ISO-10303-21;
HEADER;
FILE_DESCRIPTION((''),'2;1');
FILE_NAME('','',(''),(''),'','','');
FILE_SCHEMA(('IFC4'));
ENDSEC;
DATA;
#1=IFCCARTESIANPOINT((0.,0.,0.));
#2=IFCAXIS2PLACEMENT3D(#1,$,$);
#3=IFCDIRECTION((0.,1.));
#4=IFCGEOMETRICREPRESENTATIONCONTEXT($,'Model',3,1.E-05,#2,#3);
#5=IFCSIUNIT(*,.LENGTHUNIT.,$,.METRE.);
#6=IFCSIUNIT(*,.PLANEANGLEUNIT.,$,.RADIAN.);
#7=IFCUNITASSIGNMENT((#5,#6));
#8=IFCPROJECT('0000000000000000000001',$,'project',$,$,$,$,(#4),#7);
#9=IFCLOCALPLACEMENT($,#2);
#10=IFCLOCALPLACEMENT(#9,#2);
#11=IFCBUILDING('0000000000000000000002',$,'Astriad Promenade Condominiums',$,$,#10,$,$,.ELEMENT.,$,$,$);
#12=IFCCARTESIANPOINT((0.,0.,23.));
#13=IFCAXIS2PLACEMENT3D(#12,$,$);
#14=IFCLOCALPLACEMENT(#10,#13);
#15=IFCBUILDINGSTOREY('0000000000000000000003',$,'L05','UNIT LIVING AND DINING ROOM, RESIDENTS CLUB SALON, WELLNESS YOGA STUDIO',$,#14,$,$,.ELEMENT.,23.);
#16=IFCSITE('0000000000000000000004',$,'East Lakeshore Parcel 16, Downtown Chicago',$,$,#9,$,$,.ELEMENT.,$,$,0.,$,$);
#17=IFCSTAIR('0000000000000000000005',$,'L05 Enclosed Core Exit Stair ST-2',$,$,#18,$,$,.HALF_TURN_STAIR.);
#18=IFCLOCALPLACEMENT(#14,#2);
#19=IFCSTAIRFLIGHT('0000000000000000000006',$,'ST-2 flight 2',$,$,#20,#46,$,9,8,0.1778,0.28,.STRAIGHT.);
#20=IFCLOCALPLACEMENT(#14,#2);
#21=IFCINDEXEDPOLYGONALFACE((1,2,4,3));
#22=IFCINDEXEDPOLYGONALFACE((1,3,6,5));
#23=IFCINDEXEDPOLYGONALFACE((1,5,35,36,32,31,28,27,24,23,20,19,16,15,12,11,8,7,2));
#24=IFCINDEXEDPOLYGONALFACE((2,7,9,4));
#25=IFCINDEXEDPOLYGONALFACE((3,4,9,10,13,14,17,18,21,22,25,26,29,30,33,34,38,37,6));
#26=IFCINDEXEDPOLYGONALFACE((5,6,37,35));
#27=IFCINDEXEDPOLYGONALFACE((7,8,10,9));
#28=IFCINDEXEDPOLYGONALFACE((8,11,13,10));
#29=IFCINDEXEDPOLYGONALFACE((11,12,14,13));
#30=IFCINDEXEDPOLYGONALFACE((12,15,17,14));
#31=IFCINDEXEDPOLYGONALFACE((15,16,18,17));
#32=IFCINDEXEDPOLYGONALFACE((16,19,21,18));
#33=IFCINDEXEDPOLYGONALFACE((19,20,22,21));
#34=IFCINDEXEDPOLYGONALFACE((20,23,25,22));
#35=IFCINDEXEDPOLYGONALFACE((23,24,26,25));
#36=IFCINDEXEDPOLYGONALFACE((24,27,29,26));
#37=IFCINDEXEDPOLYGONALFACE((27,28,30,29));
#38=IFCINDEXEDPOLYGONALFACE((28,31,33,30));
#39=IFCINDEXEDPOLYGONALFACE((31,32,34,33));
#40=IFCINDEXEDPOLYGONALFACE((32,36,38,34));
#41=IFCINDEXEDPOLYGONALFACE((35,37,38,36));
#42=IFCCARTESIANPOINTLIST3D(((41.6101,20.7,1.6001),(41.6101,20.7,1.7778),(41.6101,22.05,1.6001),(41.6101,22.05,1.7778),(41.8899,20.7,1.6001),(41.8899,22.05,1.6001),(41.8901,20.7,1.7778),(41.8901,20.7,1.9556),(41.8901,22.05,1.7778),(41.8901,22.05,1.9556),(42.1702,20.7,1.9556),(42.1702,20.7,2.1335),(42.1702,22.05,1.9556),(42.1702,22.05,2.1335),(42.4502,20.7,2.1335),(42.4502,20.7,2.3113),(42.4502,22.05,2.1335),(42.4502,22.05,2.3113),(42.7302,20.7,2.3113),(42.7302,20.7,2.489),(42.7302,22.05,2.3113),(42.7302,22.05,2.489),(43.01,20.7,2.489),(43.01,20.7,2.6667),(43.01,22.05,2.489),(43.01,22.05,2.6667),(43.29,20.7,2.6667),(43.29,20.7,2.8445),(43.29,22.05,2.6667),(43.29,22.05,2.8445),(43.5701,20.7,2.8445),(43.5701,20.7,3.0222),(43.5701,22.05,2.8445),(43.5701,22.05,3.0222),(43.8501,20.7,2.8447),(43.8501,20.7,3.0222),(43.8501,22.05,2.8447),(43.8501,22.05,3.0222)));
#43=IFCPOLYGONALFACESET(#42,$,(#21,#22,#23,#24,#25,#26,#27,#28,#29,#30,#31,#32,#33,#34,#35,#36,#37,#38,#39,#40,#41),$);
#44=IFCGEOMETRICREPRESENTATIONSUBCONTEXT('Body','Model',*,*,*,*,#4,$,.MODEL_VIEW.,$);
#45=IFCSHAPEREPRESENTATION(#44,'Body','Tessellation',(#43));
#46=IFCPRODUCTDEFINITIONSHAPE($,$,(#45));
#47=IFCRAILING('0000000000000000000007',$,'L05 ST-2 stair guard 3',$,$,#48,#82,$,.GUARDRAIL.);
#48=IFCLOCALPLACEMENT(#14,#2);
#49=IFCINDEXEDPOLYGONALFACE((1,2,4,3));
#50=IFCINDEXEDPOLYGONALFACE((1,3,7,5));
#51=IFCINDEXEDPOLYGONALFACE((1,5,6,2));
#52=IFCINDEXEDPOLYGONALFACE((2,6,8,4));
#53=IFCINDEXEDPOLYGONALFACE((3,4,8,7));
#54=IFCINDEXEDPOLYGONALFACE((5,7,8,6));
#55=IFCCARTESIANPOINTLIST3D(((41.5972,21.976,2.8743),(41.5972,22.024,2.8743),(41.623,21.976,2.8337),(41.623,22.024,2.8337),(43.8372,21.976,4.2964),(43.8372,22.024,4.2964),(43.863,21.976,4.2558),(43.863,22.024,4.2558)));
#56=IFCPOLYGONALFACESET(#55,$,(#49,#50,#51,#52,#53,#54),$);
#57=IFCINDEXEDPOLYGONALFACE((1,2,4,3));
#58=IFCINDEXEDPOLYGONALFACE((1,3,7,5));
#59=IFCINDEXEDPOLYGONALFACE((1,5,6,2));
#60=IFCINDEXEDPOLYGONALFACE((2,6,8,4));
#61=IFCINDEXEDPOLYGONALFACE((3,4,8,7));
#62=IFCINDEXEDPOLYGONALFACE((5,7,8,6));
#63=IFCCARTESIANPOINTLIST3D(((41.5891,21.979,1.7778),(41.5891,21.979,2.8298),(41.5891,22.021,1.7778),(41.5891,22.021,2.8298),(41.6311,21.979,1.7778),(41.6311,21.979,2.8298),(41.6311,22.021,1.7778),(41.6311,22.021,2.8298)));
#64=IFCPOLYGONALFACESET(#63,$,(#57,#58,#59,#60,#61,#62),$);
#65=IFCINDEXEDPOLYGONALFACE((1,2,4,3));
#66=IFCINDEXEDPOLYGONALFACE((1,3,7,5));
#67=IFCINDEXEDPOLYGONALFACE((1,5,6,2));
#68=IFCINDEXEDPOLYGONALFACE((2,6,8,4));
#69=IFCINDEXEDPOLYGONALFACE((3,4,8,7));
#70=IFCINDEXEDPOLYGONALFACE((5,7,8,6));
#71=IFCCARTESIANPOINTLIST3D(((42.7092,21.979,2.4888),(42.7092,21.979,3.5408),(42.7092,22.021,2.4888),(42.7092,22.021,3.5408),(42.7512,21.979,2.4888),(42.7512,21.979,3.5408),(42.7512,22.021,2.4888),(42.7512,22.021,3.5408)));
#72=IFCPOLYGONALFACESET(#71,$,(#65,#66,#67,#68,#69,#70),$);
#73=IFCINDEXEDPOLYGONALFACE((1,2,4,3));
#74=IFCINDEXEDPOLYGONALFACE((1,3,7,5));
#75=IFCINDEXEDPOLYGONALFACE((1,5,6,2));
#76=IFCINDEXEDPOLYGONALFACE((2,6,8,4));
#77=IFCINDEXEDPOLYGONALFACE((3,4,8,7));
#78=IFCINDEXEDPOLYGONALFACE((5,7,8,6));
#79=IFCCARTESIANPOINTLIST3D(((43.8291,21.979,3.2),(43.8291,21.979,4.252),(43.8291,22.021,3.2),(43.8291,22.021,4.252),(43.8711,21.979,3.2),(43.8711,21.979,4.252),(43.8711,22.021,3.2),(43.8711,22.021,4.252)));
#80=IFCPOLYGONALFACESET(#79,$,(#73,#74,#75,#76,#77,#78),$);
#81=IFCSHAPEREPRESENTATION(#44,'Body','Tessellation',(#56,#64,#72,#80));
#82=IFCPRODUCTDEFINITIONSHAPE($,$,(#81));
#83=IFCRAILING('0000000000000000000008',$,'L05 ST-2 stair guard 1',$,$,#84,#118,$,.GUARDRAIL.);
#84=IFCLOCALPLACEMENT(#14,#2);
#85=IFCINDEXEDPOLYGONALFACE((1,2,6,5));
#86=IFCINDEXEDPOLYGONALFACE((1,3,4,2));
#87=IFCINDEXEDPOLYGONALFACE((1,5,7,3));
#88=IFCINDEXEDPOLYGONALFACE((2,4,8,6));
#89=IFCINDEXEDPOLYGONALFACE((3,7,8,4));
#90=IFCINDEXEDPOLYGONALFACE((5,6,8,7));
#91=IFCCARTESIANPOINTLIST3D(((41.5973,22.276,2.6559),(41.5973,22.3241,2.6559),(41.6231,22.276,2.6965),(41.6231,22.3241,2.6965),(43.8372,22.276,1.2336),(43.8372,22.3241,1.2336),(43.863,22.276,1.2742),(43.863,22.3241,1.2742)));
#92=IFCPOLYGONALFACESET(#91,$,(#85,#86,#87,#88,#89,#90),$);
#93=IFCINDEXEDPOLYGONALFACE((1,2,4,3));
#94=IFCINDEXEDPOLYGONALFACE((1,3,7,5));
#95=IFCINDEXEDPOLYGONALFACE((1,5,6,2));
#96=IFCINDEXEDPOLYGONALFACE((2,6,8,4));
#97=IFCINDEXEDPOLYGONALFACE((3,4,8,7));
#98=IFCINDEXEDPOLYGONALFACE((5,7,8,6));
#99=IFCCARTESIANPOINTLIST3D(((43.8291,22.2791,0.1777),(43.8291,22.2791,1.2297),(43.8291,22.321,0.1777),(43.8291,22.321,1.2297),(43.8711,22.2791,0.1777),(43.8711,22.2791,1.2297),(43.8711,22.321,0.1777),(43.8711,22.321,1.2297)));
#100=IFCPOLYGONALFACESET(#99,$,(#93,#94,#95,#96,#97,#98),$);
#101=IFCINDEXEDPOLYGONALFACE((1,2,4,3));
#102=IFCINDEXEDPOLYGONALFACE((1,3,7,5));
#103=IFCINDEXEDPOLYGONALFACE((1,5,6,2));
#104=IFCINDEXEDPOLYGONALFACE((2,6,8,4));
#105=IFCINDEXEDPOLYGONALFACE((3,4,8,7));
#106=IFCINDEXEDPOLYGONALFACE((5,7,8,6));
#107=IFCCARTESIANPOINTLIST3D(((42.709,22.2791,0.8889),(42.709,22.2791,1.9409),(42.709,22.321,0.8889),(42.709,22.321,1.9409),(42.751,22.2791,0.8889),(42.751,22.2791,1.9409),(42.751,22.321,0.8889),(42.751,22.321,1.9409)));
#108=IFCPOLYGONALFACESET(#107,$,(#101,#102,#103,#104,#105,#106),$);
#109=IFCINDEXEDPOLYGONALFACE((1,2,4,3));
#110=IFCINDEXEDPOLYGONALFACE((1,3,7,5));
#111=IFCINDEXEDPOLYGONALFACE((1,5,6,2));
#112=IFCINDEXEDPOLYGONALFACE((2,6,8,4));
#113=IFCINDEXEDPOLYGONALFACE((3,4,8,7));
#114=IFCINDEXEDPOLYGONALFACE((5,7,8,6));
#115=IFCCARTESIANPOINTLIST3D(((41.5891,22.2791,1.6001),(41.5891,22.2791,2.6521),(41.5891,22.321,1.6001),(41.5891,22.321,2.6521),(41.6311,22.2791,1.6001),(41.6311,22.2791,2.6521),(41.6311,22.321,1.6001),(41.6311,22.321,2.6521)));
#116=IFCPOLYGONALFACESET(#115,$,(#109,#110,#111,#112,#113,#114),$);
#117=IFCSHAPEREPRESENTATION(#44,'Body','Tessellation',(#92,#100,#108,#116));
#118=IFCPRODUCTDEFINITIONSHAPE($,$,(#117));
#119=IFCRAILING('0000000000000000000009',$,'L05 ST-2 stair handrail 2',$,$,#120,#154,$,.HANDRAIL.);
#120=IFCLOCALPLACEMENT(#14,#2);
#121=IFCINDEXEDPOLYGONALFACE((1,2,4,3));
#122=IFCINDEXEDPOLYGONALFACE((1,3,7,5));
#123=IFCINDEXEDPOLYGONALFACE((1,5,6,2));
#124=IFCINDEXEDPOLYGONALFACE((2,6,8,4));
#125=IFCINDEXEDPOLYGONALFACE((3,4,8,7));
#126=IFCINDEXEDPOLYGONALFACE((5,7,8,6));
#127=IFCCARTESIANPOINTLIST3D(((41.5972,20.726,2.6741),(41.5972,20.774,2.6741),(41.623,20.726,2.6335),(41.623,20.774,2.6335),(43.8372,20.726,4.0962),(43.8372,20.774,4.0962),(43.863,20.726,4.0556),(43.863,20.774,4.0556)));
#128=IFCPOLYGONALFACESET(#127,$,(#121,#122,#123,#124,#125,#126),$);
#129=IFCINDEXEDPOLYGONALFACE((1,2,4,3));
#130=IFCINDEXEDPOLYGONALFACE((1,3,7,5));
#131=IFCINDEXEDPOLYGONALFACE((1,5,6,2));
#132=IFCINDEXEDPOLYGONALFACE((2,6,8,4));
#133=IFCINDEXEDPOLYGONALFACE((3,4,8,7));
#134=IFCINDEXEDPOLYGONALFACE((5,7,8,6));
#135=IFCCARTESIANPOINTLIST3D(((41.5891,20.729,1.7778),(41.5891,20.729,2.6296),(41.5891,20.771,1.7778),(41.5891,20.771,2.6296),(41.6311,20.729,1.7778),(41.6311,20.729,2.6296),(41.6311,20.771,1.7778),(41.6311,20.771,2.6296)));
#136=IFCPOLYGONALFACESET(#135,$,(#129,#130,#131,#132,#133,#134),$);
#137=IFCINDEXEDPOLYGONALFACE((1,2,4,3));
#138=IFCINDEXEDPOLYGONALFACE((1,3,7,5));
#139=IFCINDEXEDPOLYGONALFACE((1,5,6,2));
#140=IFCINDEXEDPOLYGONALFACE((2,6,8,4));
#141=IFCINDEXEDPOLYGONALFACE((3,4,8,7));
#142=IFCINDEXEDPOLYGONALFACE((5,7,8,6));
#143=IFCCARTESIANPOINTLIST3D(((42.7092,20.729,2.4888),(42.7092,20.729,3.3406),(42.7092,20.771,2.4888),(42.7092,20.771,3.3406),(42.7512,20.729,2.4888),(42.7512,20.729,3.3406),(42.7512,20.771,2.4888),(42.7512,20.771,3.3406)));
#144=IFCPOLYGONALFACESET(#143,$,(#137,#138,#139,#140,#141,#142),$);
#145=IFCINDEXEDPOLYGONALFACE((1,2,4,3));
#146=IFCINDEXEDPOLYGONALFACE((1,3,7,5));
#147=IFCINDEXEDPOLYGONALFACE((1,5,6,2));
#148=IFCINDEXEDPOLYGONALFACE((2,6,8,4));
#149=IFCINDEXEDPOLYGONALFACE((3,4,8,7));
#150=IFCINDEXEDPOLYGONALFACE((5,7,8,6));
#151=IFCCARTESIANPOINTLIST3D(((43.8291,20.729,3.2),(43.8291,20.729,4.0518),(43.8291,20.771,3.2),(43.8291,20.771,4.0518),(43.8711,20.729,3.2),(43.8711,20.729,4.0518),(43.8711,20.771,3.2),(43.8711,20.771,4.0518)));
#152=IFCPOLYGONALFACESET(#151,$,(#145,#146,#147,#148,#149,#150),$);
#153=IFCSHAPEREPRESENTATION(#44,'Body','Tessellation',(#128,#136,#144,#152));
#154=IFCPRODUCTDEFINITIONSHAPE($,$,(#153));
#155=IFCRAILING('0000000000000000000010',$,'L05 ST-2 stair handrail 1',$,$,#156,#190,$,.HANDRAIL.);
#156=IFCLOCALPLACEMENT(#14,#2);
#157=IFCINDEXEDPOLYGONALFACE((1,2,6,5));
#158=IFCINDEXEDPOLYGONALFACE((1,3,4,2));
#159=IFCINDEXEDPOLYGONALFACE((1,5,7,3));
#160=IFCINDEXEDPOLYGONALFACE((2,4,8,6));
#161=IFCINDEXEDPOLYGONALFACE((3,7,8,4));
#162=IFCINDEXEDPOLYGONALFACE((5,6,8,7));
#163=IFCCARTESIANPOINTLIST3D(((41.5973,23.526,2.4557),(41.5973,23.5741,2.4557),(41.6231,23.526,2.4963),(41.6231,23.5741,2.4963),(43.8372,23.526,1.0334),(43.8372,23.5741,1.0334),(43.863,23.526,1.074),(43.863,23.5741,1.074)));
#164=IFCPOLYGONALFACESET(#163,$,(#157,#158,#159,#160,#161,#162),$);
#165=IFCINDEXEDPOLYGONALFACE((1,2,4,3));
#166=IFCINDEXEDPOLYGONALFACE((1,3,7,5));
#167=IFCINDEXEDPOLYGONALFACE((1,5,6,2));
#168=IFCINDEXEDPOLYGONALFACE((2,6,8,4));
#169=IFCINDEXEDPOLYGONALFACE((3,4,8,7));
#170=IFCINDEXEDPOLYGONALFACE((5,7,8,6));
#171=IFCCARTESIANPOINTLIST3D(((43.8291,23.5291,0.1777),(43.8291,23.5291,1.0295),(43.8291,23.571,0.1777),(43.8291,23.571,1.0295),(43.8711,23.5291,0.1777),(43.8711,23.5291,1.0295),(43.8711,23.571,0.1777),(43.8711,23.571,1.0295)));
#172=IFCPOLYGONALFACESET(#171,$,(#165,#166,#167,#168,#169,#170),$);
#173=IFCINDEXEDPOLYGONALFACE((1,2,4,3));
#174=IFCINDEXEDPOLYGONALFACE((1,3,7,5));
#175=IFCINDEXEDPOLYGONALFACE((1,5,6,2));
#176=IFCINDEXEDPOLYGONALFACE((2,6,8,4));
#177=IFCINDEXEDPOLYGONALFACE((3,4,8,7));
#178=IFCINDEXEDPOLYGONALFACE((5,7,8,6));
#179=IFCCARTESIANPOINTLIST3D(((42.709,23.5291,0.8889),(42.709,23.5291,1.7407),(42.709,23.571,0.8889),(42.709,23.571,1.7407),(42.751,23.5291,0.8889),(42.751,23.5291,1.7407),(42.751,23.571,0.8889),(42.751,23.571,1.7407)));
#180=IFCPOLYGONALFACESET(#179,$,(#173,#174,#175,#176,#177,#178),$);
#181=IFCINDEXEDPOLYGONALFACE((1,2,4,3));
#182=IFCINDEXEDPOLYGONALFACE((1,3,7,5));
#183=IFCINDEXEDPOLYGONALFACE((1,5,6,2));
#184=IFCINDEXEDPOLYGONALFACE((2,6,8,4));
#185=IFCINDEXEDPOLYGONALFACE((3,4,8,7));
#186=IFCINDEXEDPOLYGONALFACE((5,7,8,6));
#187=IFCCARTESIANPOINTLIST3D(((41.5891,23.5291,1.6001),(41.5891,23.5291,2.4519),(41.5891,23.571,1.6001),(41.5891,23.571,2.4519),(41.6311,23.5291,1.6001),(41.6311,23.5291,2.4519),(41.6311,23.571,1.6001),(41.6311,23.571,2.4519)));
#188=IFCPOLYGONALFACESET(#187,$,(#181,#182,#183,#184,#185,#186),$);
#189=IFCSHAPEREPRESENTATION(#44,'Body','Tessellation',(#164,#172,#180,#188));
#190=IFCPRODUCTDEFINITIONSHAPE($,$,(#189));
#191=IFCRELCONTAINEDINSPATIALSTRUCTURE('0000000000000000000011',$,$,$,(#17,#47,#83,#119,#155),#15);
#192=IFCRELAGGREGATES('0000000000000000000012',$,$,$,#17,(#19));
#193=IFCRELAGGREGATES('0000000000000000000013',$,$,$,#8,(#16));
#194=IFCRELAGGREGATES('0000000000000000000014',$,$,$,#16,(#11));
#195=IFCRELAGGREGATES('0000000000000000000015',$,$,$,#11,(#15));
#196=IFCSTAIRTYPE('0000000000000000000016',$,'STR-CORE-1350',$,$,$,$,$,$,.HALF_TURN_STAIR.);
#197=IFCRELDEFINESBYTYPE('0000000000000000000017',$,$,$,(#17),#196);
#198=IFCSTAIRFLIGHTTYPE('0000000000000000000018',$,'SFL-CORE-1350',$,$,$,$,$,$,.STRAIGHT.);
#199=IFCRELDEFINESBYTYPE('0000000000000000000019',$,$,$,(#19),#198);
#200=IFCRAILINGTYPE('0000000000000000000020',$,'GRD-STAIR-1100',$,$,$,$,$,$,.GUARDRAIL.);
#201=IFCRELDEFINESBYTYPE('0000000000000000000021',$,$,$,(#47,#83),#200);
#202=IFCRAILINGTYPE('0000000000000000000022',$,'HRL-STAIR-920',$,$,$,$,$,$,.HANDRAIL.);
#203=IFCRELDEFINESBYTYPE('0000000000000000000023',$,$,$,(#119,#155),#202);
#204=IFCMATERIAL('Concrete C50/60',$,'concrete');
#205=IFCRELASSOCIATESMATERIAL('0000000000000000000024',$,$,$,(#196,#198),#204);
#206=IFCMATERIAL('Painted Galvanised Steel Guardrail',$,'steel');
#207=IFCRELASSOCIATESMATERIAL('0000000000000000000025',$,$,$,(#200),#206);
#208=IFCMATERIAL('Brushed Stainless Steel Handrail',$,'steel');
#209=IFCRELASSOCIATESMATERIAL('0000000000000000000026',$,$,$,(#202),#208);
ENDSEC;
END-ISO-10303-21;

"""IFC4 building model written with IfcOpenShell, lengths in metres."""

from ifc_helpers import new_model, si_unit, direction, frame, origin, origin_2d, place, context, subcontext, project, spatial, polyline, rectangle, outline, extrude, source, transform, mapped, material, type_object, type_shapes, element, aggregate, save


model = new_model("IFC4")

# Units and contexts
model_context = context("Model", 3, precision=1e-05, world=origin(), true_north=direction((0.0, 1.0)))
body_context = subcontext(model_context, "Body", "Model", "MODEL_VIEW")
ifc_project = project(units=[si_unit("LENGTHUNIT", "METRE"), si_unit("PLANEANGLEUNIT", "RADIAN")], contexts=[model_context])

# Site, building, storey
site_placement = place(None, origin())
site = spatial("IfcSite", under=ifc_project, at=site_placement, Name="East Lakeshore Parcel 16, Downtown Chicago", CompositionType="ELEMENT", RefElevation=0.0)
building_placement = place(site_placement, origin())
building = spatial("IfcBuilding", under=site, at=building_placement, Name="Astriad Promenade Condominiums", CompositionType="ELEMENT")
storey_placement = place(building_placement, frame((0.0, 0.0, 23.0)))
storey = spatial("IfcBuildingStorey", under=building, at=storey_placement, Name="L05", Description="UNIT LIVING AND DINING ROOM, RESIDENTS CLUB SALON, WELLNESS YOGA STUDIO", CompositionType="ELEMENT", Elevation=23.0)

# Shared definitions
ifc_material_1 = material(Name="Concrete C50/60", Category="concrete")

# Stair, stair flight
stair_type = type_object("IfcStairType", Name="STR-CORE-1350", PredefinedType="HALF_TURN_STAIR", material=ifc_material_1)
stair_placement = place(storey_placement, origin())
stair = element("IfcStair", 1, at=stair_placement, inside=storey, type_object=stair_type, Name="L05 Enclosed Core Exit Stair ST-2", PredefinedType="HALF_TURN_STAIR")
stair_flight_type = type_object("IfcStairFlightType", Name="SFL-CORE-1350", PredefinedType="STRAIGHT", material=ifc_material_1)
shared_shape_1 = source(origin(), body_context, "Body", "SweptSolid", [
    extrude(outline(polyline([(0.0, 0.0), (0.0, 0.1777), (0.28, 0.1777), (0.28, 0.3555), (0.5601, 0.3555), (0.5601, 0.5334), (0.8401, 0.5334), (0.8401, 0.7112), (1.1201, 0.7112), (1.1201, 0.8889), (1.3999, 0.8889), (1.3999, 1.0667), (1.6799, 1.0667), (1.6799, 1.2444), (1.96, 1.2444), (1.96, 1.4221), (2.24, 1.4221), (2.24, 1.6001), (2.24, 1.2446), (0.2798, 0.0), (0.0, 0.0)])), frame((0.0, 0.675, 0.0), z_axis=(0.0, -1.0, 0.0), x_axis=(1.0, 0.0, 0.0)), (0.0, 0.0, 1.0), 1.3501),
])
type_shapes(stair_flight_type, [shared_shape_1])
stair_flight_1_placement = place(storey_placement, frame((41.6101, 21.375, 1.6001), z_axis=(0.0, 0.0, 1.0), x_axis=(1.0, 0.0, 0.0)))
stair_flight_1 = element("IfcStairFlight", 2, at=stair_flight_1_placement, type_object=stair_flight_type, Name="ST-2 flight 2", NumberOfRisers=9, NumberOfTreads=8, PredefinedType="STRAIGHT", RiserHeight=0.1778, TreadLength=0.28, context=body_context, shape_type="MappedRepresentation", body=[
    mapped(shared_shape_1, transform((0.0, 0.0, 0.0), scale=1.0)),
])
aggregate(stair, [stair_flight_1])

# Railings
ifc_material_2 = material(Name="Painted Galvanised Steel Guardrail", Category="steel")
railing_type_1 = type_object("IfcRailingType", Name="GRD-STAIR-1100", PredefinedType="GUARDRAIL", material=ifc_material_2)
shared_shape_2 = source(origin(), body_context, "Body", "SweptSolid", [
    extrude(rectangle(XDim=0.0481, YDim=0.0481, at=origin_2d()), frame((0.0, 0.0, 1.0762), z_axis=(0.844229, 0.0, 0.535982), x_axis=(0.0, 1.0, 0.0)), (0.0, 0.0, 1.0), 2.6533),
    extrude(rectangle(XDim=0.042, YDim=0.042, at=origin_2d()), origin(), (0.0, 0.0, 1.0), 1.052),
    extrude(rectangle(XDim=0.042, YDim=0.042, at=origin_2d()), frame((1.1201, 0.0, 0.7109)), (0.0, 0.0, 1.0), 1.052),
    extrude(rectangle(XDim=0.042, YDim=0.042, at=origin_2d()), frame((2.24, 0.0, 1.4221)), (0.0, 0.0, 1.0), 1.052),
])
railing_1_placement = place(storey_placement, frame((41.6101, 22.0, 1.7778)))
element("IfcRailing", 3, at=railing_1_placement, inside=storey, type_object=railing_type_1, Name="L05 ST-2 stair guard 3", PredefinedType="GUARDRAIL", context=body_context, shape_type="MappedRepresentation", body=[
    mapped(shared_shape_2, transform((0.0, 0.0, 0.0), scale=1.0)),
])
shared_shape_3 = source(origin(), body_context, "Body", "SweptSolid", [
    extrude(rectangle(XDim=0.0481, YDim=0.0481, at=origin_2d()), frame((0.0, 0.0, 1.0762), z_axis=(-0.844188, 0.0, 0.536048), x_axis=(0.0, -1.0, 0.0)), (0.0, 0.0, 1.0), 2.6533),
    extrude(rectangle(XDim=0.042, YDim=0.042, at=origin_2d()), origin(), (0.0, 0.0, 1.0), 1.052),
    extrude(rectangle(XDim=0.042, YDim=0.042, at=origin_2d()), frame((-1.1201, 0.0, 0.7112)), (0.0, 0.0, 1.0), 1.052),
    extrude(rectangle(XDim=0.042, YDim=0.042, at=origin_2d()), frame((-2.24, 0.0, 1.4224)), (0.0, 0.0, 1.0), 1.052),
])
railing_2_placement = place(storey_placement, frame((43.8501, 22.3, 0.1777)))
element("IfcRailing", 4, at=railing_2_placement, inside=storey, type_object=railing_type_1, Name="L05 ST-2 stair guard 1", PredefinedType="GUARDRAIL", context=body_context, shape_type="MappedRepresentation", body=[
    mapped(shared_shape_3, transform((0.0, 0.0, 0.0), scale=1.0)),
])
ifc_material_3 = material(Name="Brushed Stainless Steel Handrail", Category="steel")
railing_type_2 = type_object("IfcRailingType", Name="HRL-STAIR-920", PredefinedType="HANDRAIL", material=ifc_material_3)
shared_shape_4 = source(origin(), body_context, "Body", "SweptSolid", [
    extrude(rectangle(XDim=0.0481, YDim=0.0481, at=origin_2d()), frame((0.0, 0.0, 0.876), z_axis=(0.844229, 0.0, 0.535982), x_axis=(0.0, 1.0, 0.0)), (0.0, 0.0, 1.0), 2.6533),
    extrude(rectangle(XDim=0.042, YDim=0.042, at=origin_2d()), origin(), (0.0, 0.0, 1.0), 0.8518),
    extrude(rectangle(XDim=0.042, YDim=0.042, at=origin_2d()), frame((1.1201, 0.0, 0.7109)), (0.0, 0.0, 1.0), 0.8518),
    extrude(rectangle(XDim=0.042, YDim=0.042, at=origin_2d()), frame((2.24, 0.0, 1.4221)), (0.0, 0.0, 1.0), 0.8518),
])
railing_3_placement = place(storey_placement, frame((41.6101, 20.75, 1.7778)))
element("IfcRailing", 5, at=railing_3_placement, inside=storey, type_object=railing_type_2, Name="L05 ST-2 stair handrail 2", PredefinedType="HANDRAIL", context=body_context, shape_type="MappedRepresentation", body=[
    mapped(shared_shape_4, transform((0.0, 0.0, 0.0), scale=1.0)),
])
shared_shape_5 = source(origin(), body_context, "Body", "SweptSolid", [
    extrude(rectangle(XDim=0.0481, YDim=0.0481, at=origin_2d()), frame((0.0, 0.0, 0.876), z_axis=(-0.844188, 0.0, 0.536048), x_axis=(0.0, -1.0, 0.0)), (0.0, 0.0, 1.0), 2.6533),
    extrude(rectangle(XDim=0.042, YDim=0.042, at=origin_2d()), origin(), (0.0, 0.0, 1.0), 0.8518),
    extrude(rectangle(XDim=0.042, YDim=0.042, at=origin_2d()), frame((-1.1201, 0.0, 0.7112)), (0.0, 0.0, 1.0), 0.8518),
    extrude(rectangle(XDim=0.042, YDim=0.042, at=origin_2d()), frame((-2.24, 0.0, 1.4224)), (0.0, 0.0, 1.0), 0.8518),
])
type_shapes(railing_type_2, [shared_shape_4, shared_shape_5])
railing_4_placement = place(storey_placement, frame((43.8501, 23.55, 0.1777)))
element("IfcRailing", 6, at=railing_4_placement, inside=storey, type_object=railing_type_2, Name="L05 ST-2 stair handrail 1", PredefinedType="HANDRAIL", context=body_context, shape_type="MappedRepresentation", body=[
    mapped(shared_shape_5, transform((0.0, 0.0, 0.0), scale=1.0)),
])

save(model, "model.ifc")
